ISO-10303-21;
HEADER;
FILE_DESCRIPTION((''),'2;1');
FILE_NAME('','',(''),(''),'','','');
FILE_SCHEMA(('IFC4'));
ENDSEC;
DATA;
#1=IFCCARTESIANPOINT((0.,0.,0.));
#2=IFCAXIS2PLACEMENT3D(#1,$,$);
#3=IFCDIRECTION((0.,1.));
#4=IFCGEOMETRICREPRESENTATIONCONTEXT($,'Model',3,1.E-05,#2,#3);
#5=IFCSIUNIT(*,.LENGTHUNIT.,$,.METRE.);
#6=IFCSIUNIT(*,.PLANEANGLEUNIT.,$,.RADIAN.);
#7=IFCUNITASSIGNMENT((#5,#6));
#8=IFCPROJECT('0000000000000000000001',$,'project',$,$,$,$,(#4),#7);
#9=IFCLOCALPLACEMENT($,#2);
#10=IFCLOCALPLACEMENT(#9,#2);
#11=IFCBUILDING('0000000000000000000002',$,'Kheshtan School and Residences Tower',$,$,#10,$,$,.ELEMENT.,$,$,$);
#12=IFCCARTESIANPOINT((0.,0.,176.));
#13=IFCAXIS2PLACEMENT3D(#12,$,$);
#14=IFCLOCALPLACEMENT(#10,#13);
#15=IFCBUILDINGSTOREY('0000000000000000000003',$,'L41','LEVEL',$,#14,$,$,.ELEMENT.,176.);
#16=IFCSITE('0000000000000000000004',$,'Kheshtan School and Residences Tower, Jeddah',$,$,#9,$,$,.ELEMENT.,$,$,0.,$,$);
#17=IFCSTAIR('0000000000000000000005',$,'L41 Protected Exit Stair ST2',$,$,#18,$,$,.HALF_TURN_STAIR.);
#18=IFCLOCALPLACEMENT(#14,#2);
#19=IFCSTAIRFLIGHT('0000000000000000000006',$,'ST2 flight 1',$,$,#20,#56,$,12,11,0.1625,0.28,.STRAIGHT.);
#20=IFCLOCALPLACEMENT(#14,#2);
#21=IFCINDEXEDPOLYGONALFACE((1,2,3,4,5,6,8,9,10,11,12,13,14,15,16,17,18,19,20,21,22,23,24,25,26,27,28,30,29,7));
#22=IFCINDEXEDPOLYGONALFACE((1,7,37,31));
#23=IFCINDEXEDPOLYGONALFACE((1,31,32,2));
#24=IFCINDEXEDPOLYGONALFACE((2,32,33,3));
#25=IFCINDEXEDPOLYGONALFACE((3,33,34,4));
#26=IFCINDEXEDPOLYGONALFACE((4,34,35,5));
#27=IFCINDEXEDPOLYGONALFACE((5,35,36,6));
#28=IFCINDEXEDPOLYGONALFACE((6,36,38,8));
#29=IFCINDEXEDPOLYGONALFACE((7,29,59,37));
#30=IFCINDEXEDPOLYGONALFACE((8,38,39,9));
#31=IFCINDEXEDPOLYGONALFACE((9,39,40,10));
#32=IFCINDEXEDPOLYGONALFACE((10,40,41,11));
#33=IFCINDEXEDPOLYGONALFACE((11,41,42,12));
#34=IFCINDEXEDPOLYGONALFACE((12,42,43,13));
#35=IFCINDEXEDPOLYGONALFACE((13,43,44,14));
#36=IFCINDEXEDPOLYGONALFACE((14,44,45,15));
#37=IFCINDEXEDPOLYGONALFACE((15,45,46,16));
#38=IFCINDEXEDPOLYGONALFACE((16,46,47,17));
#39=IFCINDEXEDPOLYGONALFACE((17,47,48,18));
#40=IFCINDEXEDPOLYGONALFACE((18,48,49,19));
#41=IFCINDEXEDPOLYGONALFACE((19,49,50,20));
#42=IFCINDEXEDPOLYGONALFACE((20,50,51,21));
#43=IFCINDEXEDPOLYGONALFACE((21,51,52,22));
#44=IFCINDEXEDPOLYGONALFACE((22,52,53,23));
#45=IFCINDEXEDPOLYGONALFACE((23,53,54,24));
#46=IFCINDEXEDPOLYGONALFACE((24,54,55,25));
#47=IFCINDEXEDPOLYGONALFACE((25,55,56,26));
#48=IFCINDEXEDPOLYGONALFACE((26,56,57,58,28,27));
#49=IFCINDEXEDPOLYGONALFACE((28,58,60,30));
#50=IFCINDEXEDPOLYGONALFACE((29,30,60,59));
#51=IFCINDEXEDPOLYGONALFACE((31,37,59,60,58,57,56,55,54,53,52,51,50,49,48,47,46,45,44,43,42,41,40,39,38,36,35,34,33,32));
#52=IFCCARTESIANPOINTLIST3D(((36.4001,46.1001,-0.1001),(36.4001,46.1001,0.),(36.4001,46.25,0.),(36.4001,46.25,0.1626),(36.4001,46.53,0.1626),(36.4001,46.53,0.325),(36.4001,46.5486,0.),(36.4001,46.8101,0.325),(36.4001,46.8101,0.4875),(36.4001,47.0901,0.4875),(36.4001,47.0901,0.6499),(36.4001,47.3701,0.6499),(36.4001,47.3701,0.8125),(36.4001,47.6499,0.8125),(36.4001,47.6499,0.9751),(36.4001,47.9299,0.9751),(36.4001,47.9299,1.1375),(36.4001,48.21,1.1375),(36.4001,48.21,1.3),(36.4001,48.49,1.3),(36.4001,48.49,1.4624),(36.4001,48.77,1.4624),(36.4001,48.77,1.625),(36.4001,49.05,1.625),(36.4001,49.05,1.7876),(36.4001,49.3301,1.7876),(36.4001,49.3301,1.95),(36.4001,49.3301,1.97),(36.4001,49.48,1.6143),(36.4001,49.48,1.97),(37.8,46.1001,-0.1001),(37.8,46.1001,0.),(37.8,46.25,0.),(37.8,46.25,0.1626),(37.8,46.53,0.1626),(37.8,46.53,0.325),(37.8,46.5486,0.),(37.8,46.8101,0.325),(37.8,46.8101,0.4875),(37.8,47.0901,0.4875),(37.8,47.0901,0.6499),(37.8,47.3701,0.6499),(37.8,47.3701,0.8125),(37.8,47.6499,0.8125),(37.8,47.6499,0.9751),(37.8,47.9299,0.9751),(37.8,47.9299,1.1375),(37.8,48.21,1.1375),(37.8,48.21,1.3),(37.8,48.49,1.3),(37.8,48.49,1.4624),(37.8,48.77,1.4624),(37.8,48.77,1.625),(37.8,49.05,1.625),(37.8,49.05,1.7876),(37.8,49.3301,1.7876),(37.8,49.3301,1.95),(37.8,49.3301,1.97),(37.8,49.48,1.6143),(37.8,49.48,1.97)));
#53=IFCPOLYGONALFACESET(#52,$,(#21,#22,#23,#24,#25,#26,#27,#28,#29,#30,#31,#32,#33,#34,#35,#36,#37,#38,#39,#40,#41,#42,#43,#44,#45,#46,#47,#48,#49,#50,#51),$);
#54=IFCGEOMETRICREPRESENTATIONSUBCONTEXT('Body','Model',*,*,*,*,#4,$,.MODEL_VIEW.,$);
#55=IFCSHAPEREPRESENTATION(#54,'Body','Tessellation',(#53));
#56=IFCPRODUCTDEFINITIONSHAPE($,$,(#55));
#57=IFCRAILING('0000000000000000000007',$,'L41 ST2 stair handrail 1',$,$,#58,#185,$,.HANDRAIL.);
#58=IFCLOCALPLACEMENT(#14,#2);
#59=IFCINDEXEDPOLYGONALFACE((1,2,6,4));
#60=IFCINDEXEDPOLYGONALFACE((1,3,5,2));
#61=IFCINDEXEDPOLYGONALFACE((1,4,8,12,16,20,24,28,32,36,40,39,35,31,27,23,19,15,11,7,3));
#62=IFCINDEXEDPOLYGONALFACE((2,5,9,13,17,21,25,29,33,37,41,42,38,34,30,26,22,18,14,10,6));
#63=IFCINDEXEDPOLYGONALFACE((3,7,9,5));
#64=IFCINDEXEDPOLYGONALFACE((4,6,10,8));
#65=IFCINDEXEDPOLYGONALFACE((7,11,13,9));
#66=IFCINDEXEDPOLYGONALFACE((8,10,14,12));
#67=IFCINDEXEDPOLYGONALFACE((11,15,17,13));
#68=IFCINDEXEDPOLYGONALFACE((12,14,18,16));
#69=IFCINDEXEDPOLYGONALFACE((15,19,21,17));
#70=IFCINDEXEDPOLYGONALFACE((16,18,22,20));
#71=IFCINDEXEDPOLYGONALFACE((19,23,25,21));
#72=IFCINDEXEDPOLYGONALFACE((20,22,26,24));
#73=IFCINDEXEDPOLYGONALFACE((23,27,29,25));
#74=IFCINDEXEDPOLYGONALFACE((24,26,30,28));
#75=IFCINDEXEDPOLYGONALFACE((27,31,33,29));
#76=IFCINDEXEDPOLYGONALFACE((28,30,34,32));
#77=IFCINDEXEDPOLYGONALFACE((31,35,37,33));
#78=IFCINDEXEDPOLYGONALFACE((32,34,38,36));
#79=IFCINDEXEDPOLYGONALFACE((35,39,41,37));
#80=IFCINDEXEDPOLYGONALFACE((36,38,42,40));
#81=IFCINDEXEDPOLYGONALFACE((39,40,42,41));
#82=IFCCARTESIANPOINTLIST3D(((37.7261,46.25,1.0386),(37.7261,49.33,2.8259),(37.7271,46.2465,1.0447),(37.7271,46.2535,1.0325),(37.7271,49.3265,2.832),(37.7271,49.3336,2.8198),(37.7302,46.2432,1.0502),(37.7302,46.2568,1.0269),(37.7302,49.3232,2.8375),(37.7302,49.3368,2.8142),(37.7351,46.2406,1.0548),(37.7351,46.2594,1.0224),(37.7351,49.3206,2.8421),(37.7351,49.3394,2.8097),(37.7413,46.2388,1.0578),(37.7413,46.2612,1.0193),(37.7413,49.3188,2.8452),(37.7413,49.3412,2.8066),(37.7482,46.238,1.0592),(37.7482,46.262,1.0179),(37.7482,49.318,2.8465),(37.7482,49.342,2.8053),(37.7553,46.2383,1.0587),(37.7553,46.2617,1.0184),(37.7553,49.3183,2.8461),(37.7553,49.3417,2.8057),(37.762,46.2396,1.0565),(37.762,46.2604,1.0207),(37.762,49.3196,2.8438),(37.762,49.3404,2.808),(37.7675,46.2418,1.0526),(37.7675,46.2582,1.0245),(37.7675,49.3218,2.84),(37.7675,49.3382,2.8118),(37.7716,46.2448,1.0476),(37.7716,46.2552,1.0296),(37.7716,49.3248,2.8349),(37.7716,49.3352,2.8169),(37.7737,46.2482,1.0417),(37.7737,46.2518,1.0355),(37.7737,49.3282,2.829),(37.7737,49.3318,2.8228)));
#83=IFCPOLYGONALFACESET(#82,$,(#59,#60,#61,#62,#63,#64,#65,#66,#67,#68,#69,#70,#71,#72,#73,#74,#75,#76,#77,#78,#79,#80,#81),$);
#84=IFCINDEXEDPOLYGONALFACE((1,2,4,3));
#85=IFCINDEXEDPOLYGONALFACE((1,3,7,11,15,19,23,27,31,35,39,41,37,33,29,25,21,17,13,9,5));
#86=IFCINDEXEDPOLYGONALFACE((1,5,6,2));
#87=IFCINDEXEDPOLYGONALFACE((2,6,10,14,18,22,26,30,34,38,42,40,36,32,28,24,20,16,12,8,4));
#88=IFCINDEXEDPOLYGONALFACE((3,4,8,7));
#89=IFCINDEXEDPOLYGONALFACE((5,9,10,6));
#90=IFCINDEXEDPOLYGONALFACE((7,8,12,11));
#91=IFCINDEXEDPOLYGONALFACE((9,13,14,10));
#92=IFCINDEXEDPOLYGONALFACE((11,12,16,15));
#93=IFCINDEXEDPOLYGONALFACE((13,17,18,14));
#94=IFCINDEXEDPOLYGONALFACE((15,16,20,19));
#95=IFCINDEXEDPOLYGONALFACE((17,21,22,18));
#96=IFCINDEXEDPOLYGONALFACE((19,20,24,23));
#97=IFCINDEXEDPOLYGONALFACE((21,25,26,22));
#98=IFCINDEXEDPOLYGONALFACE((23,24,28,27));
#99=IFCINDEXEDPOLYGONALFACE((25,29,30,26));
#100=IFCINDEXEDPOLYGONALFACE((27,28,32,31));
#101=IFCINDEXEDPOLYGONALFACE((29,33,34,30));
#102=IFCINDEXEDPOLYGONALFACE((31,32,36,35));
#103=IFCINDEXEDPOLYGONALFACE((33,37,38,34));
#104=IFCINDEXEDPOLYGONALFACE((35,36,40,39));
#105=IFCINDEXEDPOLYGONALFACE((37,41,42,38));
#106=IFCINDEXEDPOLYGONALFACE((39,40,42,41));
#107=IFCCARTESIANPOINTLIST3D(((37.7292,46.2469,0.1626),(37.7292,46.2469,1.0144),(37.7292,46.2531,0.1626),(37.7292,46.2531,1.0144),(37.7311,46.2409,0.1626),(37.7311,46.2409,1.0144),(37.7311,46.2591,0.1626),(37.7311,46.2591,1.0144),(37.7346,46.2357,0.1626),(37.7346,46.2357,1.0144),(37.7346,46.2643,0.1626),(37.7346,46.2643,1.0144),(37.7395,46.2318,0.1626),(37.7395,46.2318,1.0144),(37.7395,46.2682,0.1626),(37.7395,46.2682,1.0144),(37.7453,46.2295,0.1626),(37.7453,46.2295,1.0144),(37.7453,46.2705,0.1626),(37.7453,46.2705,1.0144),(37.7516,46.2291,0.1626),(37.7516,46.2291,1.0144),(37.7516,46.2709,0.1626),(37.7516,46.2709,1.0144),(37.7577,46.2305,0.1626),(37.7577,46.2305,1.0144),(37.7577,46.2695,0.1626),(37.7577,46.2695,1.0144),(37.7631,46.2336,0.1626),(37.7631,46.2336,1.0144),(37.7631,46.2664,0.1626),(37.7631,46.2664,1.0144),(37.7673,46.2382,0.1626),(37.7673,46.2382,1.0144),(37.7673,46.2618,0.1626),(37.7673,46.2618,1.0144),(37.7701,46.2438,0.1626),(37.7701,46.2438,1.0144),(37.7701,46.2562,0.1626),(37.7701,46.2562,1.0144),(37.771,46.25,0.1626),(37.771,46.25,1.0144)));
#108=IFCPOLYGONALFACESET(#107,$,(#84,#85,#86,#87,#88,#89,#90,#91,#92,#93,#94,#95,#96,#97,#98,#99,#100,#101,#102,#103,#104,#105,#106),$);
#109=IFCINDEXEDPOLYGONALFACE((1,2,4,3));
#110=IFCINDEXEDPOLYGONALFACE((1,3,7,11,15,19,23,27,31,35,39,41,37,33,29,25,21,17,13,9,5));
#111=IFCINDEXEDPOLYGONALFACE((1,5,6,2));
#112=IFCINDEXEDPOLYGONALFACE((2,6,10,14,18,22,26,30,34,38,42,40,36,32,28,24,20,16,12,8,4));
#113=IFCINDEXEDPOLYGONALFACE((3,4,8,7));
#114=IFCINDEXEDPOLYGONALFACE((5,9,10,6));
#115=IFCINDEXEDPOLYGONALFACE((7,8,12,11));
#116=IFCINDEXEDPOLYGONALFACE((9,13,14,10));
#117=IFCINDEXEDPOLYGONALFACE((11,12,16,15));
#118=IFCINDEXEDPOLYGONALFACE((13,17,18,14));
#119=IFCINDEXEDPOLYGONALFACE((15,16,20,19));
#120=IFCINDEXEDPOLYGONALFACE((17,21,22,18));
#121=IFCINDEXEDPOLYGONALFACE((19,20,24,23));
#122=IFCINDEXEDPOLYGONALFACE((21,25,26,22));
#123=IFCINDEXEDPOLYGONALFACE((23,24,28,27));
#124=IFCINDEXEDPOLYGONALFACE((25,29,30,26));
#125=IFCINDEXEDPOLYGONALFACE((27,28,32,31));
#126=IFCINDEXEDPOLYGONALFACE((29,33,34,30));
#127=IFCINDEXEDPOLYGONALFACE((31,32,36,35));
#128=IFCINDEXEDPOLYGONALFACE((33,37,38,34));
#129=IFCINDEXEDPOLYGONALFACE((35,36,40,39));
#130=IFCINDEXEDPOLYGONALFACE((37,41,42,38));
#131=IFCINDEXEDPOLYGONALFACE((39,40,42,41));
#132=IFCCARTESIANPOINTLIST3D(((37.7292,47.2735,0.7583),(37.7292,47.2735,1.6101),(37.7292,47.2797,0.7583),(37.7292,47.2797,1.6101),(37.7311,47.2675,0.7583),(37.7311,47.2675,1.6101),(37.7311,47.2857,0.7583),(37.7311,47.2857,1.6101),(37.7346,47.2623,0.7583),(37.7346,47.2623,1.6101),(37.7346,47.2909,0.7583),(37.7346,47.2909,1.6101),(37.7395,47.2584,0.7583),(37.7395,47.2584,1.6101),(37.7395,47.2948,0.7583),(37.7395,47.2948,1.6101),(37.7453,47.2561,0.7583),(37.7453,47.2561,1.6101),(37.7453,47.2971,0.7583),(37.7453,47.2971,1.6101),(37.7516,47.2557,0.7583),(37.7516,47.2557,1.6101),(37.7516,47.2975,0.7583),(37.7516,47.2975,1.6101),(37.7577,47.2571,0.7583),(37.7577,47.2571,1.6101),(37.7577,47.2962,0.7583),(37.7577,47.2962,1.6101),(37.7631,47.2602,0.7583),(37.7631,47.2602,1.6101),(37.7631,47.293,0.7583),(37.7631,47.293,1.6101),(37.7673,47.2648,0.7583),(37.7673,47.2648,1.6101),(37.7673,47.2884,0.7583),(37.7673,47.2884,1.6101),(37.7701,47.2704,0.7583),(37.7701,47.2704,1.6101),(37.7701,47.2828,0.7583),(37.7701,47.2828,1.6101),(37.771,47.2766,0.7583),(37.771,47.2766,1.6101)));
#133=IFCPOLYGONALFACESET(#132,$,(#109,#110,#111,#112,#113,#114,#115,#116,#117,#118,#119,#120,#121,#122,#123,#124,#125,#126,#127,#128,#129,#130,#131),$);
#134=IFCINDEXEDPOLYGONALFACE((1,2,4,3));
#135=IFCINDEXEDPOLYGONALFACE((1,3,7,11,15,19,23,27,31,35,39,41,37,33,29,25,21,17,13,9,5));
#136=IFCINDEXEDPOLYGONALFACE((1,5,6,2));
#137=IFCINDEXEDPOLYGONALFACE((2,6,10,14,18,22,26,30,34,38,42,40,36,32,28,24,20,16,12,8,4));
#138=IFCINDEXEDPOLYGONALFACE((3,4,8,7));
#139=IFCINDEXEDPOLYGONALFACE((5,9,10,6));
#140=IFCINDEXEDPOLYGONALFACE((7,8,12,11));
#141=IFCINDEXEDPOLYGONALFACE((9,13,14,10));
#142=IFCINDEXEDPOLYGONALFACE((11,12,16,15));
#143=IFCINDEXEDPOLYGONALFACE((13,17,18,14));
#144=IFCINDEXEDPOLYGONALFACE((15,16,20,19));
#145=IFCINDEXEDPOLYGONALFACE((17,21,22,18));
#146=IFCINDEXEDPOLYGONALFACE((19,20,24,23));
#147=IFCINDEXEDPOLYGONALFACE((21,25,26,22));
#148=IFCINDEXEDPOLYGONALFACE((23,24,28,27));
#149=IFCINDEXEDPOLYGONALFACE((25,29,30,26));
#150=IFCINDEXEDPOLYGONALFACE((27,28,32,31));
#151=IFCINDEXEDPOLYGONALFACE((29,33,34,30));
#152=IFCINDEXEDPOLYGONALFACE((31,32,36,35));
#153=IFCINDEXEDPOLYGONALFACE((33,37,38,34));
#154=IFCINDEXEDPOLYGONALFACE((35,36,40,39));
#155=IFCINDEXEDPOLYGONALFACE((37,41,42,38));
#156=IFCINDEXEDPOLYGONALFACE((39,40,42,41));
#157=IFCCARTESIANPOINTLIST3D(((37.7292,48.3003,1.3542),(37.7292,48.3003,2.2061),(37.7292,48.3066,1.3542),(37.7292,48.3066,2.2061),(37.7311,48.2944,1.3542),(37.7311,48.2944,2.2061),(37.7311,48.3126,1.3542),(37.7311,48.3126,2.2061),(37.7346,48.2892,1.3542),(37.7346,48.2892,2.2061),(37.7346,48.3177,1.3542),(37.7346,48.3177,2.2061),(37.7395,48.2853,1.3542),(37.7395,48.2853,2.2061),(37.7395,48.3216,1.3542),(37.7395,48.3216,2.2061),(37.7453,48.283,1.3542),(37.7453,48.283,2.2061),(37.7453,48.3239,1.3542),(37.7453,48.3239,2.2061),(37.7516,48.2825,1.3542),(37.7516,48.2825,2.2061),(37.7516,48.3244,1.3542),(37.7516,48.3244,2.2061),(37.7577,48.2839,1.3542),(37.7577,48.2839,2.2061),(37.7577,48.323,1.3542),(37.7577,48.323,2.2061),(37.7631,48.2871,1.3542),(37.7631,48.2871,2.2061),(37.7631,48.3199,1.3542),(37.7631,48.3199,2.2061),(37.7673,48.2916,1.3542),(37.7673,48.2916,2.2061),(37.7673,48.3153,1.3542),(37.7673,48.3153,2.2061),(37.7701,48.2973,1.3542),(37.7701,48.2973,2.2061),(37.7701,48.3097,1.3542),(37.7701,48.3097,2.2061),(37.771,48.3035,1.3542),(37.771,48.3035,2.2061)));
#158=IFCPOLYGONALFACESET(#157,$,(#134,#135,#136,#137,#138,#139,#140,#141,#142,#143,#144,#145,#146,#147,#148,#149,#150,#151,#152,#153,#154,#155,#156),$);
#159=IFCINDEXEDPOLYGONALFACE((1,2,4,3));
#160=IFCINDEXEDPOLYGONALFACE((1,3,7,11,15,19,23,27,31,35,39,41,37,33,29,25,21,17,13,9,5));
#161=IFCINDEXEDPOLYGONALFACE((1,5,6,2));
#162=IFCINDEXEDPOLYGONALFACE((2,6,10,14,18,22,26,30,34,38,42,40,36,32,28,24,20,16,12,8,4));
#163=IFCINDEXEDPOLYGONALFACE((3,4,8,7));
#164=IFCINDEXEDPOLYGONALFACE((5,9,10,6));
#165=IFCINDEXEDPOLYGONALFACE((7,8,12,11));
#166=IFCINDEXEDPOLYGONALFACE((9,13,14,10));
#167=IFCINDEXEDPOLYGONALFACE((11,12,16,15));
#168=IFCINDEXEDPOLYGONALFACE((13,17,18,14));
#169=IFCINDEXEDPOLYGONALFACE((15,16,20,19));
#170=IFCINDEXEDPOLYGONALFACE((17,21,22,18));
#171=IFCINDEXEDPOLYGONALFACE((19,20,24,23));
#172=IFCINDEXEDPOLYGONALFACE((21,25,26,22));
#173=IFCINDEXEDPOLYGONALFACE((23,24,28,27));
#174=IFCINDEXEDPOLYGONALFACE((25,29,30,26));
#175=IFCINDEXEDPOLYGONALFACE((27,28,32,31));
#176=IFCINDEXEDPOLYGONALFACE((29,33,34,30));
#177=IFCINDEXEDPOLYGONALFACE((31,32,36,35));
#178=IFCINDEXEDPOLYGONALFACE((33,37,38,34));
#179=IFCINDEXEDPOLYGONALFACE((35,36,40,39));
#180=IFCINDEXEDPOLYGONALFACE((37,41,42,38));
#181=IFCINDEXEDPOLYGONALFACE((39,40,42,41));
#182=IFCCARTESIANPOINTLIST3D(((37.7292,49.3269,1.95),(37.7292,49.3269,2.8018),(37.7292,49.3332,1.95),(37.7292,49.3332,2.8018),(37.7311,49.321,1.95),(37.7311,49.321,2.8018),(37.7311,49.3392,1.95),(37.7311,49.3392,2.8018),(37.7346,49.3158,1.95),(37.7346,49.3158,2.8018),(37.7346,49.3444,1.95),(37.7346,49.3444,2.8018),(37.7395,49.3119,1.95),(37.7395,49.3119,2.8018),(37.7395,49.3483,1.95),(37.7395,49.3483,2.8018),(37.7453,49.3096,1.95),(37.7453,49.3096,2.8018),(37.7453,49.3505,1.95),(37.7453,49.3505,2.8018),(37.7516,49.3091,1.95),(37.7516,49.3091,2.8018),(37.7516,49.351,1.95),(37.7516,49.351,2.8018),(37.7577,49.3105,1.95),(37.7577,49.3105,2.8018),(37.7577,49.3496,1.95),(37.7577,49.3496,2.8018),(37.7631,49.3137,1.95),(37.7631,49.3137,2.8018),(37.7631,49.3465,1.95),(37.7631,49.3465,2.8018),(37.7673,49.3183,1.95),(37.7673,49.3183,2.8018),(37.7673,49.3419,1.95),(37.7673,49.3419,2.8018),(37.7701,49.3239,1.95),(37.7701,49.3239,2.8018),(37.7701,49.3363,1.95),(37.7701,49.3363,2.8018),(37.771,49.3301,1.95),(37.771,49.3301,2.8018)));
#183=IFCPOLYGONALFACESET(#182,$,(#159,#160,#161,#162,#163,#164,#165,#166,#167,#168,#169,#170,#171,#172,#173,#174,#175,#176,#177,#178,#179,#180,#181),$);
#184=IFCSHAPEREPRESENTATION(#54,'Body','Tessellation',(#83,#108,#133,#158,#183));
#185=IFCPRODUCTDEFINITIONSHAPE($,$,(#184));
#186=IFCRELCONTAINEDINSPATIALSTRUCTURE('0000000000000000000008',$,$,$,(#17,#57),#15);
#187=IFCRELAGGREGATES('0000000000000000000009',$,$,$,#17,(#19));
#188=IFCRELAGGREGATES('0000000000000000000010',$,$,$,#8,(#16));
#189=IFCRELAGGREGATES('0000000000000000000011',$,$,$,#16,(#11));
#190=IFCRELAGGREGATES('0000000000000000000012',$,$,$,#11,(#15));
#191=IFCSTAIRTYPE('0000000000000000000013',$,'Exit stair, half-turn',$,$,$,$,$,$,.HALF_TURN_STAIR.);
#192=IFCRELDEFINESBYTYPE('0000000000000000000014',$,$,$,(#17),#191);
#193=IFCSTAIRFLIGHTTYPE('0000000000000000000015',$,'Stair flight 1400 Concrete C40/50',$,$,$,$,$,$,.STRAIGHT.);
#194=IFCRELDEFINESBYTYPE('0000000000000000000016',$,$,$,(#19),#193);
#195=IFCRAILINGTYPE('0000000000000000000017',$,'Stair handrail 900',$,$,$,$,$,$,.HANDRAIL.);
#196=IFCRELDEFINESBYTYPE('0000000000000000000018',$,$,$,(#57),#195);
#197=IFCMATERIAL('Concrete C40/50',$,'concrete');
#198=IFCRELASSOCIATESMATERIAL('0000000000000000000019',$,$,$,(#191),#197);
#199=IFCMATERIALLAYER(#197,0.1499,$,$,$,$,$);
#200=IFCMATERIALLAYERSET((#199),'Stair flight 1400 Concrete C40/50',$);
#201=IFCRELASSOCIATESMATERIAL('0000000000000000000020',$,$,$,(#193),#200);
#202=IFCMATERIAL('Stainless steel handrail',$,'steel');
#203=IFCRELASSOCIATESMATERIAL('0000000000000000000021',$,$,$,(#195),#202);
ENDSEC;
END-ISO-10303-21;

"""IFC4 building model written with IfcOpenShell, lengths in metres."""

from ifc_helpers import new_model, si_unit, direction, frame, origin, origin_2d, place, context, subcontext, project, spatial, polyline, circle, outline, extrude, material, layer, layer_set, type_object, element, aggregate, save


model = new_model("IFC4")

# Units and contexts
model_context = context("Model", 3, precision=1e-05, world=origin(), true_north=direction((0.0, 1.0)))
body_context = subcontext(model_context, "Body", "Model", "MODEL_VIEW")
ifc_project = project(units=[si_unit("LENGTHUNIT", "METRE"), si_unit("PLANEANGLEUNIT", "RADIAN")], contexts=[model_context])

# Site, building, storey
site_placement = place(None, origin())
site = spatial("IfcSite", under=ifc_project, at=site_placement, Name="Kheshtan School and Residences Tower, Jeddah", CompositionType="ELEMENT", RefElevation=0.0)
building_placement = place(site_placement, origin())
building = spatial("IfcBuilding", under=site, at=building_placement, Name="Kheshtan School and Residences Tower", CompositionType="ELEMENT")
storey_placement = place(building_placement, frame((0.0, 0.0, 176.0)))
storey = spatial("IfcBuildingStorey", under=building, at=storey_placement, Name="L41", Description="LEVEL", CompositionType="ELEMENT", Elevation=176.0)

# Stair, stair flight
ifc_material_1 = material(Name="Concrete C40/50", Category="concrete")
stair_type = type_object("IfcStairType", Name="Exit stair, half-turn", PredefinedType="HALF_TURN_STAIR", material=ifc_material_1)
stair_placement = place(storey_placement, origin())
stair = element("IfcStair", 1, at=stair_placement, inside=storey, type_object=stair_type, Name="L41 Protected Exit Stair ST2", PredefinedType="HALF_TURN_STAIR")
ifc_layer_1 = layer(ifc_material_1, 0.1499)
ifc_layer_set_1 = layer_set([ifc_layer_1], Name="Stair flight 1400 Concrete C40/50")
stair_flight_type = type_object("IfcStairFlightType", Name="Stair flight 1400 Concrete C40/50", PredefinedType="STRAIGHT", material=ifc_layer_set_1)
stair_flight_placement = place(storey_placement, frame((37.1001, 46.25, 0.0), z_axis=(0.0, 0.0, 1.0), x_axis=(0.0, 1.0, 0.0)))
stair_flight = element("IfcStairFlight", 2, at=stair_flight_placement, type_object=stair_flight_type, Name="ST2 flight 1", NumberOfRisers=12, NumberOfTreads=11, PredefinedType="STRAIGHT", RiserHeight=0.1625, TreadLength=0.28, context=body_context, shape_type="SweptSolid", body=[
    extrude(outline(polyline([(-0.1499, -0.1001), (-0.1499, 0.0), (0.0, 0.0), (0.0, 0.1626), (0.28, 0.1626), (0.28, 0.325), (0.5601, 0.325), (0.5601, 0.4875), (0.8401, 0.4875), (0.8401, 0.6499), (1.1201, 0.6499), (1.1201, 0.8125), (1.3999, 0.8125), (1.3999, 0.9751), (1.6799, 0.9751), (1.6799, 1.1375), (1.96, 1.1375), (1.96, 1.3), (2.24, 1.3), (2.24, 1.4624), (2.52, 1.4624), (2.52, 1.625), (2.8, 1.625), (2.8, 1.7876), (3.0801, 1.7876), (3.0801, 1.95), (3.0801, 1.97), (3.23, 1.97), (3.23, 1.6143), (0.2986, 0.0), (-0.1499, -0.1001)])), frame((0.0, 0.7, 0.0), z_axis=(0.0, -1.0, 0.0), x_axis=(1.0, 0.0, 0.0)), (0.0, 0.0, 1.0), 1.3999),
])
aggregate(stair, [stair_flight])

# Railing
ifc_material_2 = material(Name="Stainless steel handrail", Category="steel")
railing_type = type_object("IfcRailingType", Name="Stair handrail 900", PredefinedType="HANDRAIL", material=ifc_material_2)
railing_placement = place(storey_placement, frame((37.75, 46.25, 0.1626)))
element("IfcRailing", 3, at=railing_placement, inside=storey, type_object=railing_type, Name="L41 ST2 stair handrail 1", PredefinedType="HANDRAIL", context=body_context, shape_type="SweptSolid", body=[
    extrude(circle(Radius=0.0239, at=origin_2d()), frame((0.0, 0.0, 0.876), z_axis=(0.0, 0.86492, 0.501909), x_axis=(-1.0, 0.0, 0.0)), (0.0, 0.0, 1.0), 3.561),
    extrude(circle(Radius=0.021, at=origin_2d()), origin(), (0.0, 0.0, 1.0), 0.8518),
    extrude(circle(Radius=0.021, at=origin_2d()), frame((0.0, 1.0266, 0.5957)), (0.0, 0.0, 1.0), 0.8518),
    extrude(circle(Radius=0.021, at=origin_2d()), frame((0.0, 2.0535, 1.1917)), (0.0, 0.0, 1.0), 0.8518),
    extrude(circle(Radius=0.021, at=origin_2d()), frame((0.0, 3.0801, 1.7874)), (0.0, 0.0, 1.0), 0.8518),
])

save(model, "model.ifc")
